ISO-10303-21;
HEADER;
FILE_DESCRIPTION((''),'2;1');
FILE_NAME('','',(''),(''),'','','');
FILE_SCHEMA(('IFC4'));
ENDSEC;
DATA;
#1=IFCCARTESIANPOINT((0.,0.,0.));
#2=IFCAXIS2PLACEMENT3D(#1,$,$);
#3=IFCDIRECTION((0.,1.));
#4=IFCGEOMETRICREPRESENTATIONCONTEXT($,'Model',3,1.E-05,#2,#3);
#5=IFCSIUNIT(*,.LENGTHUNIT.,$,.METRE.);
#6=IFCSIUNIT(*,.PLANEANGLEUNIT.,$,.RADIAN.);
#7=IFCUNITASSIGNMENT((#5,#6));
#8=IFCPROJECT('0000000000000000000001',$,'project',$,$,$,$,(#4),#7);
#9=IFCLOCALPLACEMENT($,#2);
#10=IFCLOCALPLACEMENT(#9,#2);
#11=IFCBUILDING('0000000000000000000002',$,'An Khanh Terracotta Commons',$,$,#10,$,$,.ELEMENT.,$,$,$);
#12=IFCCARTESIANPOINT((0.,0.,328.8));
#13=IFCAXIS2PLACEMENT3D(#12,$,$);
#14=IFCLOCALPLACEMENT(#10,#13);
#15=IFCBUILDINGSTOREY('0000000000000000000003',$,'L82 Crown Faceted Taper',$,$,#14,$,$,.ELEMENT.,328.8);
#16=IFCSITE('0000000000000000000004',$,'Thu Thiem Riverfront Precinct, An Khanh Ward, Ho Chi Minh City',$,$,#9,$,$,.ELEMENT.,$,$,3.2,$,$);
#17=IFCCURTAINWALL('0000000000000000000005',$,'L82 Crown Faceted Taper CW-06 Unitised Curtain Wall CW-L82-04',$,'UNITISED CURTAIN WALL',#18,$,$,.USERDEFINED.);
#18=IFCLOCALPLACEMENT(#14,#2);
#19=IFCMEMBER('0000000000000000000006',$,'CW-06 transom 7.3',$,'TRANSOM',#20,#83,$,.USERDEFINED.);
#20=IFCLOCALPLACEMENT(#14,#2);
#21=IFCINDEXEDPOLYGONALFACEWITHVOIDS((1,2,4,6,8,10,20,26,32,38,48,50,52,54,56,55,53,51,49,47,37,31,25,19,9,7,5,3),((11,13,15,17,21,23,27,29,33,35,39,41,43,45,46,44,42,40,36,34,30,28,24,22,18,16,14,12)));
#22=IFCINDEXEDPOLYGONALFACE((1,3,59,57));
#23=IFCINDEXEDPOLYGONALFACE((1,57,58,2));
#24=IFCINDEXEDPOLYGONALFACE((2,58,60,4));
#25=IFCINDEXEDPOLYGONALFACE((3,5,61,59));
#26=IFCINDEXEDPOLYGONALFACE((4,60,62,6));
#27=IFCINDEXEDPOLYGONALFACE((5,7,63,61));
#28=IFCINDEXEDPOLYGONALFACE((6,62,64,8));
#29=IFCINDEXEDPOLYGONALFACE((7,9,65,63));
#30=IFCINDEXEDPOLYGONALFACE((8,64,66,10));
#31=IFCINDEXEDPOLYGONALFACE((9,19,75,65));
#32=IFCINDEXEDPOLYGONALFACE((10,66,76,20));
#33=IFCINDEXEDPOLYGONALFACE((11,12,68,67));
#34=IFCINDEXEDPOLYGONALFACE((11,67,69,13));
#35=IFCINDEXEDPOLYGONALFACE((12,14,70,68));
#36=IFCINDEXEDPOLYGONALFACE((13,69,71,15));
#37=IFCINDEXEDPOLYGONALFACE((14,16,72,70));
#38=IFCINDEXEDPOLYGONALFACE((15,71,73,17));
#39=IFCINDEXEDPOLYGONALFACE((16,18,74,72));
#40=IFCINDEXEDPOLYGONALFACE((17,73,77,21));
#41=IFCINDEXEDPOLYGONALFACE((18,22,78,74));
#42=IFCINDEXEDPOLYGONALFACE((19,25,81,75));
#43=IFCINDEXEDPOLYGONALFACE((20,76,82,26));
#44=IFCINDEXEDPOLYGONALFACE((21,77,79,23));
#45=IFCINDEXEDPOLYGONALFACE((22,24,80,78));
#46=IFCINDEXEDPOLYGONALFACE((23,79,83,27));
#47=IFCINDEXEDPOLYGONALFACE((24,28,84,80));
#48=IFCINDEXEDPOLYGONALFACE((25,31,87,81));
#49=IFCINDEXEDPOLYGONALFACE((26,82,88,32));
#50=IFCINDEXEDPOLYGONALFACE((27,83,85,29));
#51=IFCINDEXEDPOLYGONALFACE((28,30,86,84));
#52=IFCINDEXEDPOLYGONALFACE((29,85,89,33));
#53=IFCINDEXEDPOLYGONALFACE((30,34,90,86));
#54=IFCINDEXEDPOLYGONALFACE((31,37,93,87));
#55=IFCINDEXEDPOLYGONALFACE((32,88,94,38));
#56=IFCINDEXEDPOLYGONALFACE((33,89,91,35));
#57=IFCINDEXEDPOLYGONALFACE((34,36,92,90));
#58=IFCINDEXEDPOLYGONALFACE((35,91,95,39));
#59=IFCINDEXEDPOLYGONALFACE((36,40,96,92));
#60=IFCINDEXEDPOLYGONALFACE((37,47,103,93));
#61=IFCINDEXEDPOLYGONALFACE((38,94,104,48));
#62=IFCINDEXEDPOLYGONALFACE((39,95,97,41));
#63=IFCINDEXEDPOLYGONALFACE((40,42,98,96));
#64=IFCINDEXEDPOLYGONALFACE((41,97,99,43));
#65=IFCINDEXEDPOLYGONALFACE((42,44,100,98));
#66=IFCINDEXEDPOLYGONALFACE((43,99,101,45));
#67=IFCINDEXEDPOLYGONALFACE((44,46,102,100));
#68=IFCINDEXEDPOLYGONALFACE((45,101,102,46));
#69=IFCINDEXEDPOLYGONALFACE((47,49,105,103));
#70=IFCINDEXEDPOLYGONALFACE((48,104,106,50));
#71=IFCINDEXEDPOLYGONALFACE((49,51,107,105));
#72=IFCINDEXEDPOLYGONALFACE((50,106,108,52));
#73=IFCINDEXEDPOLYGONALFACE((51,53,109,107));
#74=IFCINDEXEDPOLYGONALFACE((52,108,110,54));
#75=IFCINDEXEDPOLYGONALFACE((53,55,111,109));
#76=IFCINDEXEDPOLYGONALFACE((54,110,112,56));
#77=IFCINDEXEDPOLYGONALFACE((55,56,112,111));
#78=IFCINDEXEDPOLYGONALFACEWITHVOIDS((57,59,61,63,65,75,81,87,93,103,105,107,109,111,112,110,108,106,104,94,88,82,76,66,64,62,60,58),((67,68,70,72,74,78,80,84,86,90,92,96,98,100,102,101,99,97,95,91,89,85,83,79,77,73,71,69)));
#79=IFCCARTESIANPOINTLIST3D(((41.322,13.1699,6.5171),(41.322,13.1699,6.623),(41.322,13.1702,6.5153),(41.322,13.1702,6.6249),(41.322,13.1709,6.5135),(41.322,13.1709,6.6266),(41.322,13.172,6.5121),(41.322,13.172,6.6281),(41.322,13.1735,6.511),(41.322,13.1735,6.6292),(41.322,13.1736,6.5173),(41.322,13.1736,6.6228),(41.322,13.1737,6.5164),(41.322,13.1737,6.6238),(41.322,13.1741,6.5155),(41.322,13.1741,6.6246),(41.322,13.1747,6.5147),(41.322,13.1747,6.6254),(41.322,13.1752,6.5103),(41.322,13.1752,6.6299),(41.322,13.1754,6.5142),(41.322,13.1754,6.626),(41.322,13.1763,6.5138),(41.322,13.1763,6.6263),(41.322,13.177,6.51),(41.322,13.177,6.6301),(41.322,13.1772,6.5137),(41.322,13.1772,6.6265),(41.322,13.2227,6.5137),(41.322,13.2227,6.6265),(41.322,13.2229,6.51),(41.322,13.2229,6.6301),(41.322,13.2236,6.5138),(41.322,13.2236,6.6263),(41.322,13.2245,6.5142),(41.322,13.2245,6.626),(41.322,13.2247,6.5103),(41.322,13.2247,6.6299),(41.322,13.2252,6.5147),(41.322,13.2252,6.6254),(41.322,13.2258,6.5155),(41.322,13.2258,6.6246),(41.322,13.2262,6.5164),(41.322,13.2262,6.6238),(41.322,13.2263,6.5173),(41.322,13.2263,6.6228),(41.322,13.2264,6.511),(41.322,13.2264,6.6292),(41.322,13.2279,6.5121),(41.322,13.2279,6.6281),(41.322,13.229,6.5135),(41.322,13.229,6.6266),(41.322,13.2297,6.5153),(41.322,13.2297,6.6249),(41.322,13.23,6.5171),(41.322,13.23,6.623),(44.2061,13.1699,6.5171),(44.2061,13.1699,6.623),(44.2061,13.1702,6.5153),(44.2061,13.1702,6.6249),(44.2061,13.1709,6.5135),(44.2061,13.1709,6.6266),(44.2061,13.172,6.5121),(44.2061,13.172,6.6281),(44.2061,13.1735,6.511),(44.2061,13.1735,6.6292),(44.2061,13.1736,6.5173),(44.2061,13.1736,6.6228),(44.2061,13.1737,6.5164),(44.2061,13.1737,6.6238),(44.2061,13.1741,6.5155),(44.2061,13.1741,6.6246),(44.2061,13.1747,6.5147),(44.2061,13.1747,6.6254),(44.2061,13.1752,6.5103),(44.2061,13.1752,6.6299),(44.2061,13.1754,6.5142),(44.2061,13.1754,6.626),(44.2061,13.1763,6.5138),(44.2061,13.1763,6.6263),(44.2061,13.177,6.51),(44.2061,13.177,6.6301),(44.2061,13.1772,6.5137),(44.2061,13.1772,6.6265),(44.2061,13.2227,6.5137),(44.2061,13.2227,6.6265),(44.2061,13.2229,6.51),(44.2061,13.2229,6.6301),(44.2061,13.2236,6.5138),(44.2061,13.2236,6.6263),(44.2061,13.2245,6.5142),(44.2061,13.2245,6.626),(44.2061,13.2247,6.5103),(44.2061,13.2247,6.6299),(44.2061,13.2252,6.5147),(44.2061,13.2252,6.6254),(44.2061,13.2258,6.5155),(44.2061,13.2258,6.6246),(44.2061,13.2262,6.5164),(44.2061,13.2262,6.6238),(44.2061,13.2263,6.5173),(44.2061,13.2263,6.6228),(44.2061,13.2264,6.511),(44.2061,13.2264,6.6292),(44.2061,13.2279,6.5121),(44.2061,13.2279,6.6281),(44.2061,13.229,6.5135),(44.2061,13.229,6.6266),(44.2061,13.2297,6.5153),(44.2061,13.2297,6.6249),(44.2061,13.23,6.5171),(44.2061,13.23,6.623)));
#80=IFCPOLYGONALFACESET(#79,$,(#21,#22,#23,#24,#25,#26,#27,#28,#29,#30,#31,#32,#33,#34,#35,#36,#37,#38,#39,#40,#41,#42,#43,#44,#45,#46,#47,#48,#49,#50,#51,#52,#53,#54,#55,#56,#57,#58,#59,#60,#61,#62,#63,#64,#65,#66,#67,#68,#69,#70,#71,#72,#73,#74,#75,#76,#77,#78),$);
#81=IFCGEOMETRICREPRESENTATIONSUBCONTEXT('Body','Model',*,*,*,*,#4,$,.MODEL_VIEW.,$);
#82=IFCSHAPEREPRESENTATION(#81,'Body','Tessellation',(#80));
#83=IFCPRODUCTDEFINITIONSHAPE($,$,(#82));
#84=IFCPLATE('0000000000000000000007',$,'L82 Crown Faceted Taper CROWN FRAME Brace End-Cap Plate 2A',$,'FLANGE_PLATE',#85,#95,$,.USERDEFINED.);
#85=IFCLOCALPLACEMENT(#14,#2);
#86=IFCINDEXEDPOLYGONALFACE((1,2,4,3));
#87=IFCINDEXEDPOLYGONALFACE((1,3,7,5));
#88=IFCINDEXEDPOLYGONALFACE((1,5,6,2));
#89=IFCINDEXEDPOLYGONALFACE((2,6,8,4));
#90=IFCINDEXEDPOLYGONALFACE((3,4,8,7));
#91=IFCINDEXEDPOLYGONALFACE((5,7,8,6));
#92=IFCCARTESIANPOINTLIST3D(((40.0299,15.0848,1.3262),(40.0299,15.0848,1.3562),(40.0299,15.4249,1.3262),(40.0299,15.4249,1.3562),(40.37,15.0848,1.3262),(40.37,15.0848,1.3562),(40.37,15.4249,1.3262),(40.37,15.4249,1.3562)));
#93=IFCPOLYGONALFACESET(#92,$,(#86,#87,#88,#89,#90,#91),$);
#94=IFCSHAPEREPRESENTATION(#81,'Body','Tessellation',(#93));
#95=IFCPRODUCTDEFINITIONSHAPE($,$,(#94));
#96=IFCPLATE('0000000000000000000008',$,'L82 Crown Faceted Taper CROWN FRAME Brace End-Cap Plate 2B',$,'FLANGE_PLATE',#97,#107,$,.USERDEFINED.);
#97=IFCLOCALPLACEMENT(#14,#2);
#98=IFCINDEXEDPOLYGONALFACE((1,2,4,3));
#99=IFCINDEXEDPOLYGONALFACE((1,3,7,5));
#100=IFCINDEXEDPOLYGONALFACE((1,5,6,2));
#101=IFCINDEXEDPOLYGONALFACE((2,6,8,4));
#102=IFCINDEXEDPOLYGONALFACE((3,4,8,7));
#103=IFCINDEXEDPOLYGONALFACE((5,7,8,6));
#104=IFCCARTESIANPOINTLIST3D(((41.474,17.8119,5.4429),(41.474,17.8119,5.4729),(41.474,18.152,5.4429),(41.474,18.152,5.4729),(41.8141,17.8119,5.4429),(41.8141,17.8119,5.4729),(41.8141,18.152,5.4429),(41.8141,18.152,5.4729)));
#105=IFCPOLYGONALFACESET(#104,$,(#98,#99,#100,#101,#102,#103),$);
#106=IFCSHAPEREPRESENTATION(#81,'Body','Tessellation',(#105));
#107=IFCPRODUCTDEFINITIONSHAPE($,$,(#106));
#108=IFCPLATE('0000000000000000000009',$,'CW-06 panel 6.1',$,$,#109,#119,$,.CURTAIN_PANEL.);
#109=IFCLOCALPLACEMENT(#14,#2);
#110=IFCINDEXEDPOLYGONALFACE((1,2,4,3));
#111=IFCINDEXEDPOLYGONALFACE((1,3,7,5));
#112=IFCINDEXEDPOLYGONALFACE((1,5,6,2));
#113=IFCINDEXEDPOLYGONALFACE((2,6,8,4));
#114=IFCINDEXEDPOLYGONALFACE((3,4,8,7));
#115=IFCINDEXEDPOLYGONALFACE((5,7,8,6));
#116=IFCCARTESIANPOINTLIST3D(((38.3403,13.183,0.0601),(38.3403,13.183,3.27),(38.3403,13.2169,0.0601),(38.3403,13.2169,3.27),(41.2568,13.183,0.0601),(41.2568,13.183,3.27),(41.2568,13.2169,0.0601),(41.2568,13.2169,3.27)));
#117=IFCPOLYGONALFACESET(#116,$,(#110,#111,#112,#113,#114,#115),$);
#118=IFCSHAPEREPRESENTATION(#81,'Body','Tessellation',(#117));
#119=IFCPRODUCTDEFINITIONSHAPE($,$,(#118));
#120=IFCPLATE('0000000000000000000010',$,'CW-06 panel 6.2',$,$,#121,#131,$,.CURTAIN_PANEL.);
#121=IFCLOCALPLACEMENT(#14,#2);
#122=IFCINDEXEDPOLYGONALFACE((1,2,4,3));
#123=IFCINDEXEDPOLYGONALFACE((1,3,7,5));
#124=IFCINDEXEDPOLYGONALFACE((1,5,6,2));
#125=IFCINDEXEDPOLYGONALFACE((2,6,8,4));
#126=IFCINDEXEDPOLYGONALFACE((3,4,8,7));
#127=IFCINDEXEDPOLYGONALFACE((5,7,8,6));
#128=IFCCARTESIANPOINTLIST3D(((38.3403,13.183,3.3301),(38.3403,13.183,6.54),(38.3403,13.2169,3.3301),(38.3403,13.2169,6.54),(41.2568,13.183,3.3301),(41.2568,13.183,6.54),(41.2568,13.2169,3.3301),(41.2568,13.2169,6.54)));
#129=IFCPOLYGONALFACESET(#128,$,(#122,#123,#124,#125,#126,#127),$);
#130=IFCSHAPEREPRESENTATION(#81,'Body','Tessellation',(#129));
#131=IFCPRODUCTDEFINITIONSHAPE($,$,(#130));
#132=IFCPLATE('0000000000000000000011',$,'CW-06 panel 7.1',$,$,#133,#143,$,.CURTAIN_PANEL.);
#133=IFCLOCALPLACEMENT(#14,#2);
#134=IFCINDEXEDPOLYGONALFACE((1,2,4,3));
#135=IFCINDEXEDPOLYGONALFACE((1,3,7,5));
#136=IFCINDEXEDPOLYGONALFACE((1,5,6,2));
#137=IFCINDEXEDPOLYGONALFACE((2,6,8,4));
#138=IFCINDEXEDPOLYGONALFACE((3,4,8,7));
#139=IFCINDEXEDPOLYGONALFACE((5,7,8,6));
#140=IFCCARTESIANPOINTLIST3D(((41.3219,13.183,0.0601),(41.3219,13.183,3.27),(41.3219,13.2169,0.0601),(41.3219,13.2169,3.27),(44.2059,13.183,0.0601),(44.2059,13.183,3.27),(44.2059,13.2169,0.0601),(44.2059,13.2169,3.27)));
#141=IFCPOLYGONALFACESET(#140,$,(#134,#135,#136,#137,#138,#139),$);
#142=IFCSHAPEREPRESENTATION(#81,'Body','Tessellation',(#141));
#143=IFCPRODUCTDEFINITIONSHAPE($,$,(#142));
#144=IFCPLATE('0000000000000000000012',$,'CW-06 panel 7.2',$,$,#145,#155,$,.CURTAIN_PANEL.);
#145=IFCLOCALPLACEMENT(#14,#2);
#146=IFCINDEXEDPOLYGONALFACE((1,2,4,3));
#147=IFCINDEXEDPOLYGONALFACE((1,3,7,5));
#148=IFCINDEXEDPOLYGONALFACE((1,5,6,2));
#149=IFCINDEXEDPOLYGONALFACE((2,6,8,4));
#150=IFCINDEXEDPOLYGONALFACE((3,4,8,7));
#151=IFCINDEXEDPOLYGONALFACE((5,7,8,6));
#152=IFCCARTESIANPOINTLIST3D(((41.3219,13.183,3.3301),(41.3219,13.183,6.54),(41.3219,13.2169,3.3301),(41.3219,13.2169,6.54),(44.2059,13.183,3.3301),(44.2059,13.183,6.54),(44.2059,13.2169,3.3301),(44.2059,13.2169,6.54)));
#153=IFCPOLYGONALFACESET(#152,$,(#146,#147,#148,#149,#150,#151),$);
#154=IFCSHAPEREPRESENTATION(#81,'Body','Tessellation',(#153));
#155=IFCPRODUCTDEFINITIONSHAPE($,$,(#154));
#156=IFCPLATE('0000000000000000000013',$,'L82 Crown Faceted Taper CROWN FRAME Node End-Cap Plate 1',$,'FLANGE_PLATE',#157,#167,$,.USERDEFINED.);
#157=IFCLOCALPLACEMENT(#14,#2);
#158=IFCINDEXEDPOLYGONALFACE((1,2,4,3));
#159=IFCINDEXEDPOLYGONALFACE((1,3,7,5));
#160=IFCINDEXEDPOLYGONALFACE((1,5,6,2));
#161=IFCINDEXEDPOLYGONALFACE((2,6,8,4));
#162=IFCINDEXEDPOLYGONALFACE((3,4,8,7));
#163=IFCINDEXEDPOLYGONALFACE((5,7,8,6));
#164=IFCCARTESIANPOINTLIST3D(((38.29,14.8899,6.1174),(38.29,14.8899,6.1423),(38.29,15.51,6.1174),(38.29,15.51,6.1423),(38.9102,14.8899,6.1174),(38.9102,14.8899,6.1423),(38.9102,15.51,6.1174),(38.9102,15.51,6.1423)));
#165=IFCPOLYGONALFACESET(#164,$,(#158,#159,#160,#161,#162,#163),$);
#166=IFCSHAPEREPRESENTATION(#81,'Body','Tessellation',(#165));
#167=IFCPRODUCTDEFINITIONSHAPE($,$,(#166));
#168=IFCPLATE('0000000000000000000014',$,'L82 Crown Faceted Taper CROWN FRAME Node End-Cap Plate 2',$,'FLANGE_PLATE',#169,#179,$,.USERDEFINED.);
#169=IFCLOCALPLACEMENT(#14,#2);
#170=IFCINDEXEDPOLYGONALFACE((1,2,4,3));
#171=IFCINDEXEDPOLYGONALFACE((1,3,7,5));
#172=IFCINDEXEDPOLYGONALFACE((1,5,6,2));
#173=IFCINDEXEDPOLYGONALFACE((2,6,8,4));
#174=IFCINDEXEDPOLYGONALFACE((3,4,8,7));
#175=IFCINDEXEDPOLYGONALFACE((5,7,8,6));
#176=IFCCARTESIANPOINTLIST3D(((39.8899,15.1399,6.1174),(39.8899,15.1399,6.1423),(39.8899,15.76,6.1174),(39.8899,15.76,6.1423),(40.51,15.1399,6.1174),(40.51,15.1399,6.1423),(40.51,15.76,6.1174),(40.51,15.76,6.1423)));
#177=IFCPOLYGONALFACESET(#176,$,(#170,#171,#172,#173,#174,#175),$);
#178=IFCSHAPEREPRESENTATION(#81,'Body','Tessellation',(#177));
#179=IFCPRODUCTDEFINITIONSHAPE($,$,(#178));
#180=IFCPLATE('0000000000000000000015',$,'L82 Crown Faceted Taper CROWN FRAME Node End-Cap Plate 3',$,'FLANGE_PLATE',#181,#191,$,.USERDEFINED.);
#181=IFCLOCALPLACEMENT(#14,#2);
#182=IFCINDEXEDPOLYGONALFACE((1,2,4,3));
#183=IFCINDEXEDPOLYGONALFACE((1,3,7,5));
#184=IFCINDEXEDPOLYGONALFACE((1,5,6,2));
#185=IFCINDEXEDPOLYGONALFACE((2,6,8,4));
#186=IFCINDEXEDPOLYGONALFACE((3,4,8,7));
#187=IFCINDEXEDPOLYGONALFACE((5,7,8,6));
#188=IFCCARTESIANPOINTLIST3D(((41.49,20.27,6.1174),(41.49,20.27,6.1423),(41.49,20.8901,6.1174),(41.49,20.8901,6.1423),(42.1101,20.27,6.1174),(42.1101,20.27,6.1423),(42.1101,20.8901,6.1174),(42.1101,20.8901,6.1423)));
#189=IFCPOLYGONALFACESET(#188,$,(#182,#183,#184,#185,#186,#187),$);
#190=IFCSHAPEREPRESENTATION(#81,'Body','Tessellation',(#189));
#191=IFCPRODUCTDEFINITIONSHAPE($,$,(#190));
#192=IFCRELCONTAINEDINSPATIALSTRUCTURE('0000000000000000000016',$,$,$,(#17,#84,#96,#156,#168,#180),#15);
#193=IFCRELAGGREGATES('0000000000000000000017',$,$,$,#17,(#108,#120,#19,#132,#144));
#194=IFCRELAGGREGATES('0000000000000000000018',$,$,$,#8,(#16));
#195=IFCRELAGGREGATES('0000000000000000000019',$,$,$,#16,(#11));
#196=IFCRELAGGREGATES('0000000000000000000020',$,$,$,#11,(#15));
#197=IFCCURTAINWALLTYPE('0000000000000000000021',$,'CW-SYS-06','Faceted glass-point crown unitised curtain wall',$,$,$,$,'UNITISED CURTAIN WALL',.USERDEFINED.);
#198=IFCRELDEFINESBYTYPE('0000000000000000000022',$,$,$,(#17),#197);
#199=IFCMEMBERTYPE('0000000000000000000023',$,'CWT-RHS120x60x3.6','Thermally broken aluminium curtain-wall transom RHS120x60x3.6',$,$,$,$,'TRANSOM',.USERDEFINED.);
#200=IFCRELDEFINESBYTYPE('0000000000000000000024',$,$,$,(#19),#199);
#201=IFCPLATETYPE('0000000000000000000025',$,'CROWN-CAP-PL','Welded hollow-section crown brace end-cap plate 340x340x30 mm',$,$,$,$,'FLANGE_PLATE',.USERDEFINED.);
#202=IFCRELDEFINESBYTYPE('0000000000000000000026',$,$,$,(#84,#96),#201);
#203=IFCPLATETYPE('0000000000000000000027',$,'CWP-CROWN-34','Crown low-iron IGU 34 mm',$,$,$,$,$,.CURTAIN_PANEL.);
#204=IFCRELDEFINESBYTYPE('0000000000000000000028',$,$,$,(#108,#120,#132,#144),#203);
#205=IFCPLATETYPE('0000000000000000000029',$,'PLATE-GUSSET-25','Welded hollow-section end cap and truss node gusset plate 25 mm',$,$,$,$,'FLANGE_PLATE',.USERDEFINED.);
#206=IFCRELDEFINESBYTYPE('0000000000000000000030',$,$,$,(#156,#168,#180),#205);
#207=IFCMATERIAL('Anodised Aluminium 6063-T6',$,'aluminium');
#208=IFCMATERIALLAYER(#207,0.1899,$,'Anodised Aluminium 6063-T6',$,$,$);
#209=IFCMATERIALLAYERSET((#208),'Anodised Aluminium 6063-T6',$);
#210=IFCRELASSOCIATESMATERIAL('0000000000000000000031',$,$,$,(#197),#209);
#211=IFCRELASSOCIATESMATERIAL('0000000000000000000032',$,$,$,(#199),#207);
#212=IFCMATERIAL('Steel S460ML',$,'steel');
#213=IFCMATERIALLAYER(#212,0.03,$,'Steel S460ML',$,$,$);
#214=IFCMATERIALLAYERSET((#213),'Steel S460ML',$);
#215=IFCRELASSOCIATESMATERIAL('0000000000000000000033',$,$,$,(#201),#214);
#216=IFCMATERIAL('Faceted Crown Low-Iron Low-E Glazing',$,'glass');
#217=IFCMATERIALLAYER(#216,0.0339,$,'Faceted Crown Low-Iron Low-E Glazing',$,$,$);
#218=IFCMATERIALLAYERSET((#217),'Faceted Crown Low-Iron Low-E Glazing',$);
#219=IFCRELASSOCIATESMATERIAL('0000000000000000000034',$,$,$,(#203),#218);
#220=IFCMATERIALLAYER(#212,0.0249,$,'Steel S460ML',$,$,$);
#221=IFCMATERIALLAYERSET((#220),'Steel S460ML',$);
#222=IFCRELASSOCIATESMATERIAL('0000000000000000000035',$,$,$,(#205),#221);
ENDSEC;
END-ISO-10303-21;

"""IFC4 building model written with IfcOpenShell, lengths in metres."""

from ifc_helpers import new_model, si_unit, direction, frame, origin, origin_2d, place, context, subcontext, project, spatial, rectangle, hollow_rectangle, extrude, material, layer, layer_set, material_profile, profile_set, type_object, element, aggregate, save


model = new_model("IFC4")

# Units and contexts
model_context = context("Model", 3, precision=1e-05, world=origin(), true_north=direction((0.0, 1.0)))
body_context = subcontext(model_context, "Body", "Model", "MODEL_VIEW")
ifc_project = project(units=[si_unit("LENGTHUNIT", "METRE"), si_unit("PLANEANGLEUNIT", "RADIAN")], contexts=[model_context])

# Site, building, storey
site_placement = place(None, origin())
site = spatial("IfcSite", under=ifc_project, at=site_placement, Name="Thu Thiem Riverfront Precinct, An Khanh Ward, Ho Chi Minh City", CompositionType="ELEMENT", RefElevation=3.2)
building_placement = place(site_placement, origin())
building = spatial("IfcBuilding", under=site, at=building_placement, Name="An Khanh Terracotta Commons", CompositionType="ELEMENT")
storey_placement = place(building_placement, frame((0.0, 0.0, 328.8)))
storey = spatial("IfcBuildingStorey", under=building, at=storey_placement, Name="L82 Crown Faceted Taper", CompositionType="ELEMENT", Elevation=328.8)

# Shared definitions
ifc_material_1 = material(Name="Steel S460ML", Category="steel")

# Curtain wall, member
ifc_material_2 = material(Name="Anodised Aluminium 6063-T6", Category="aluminium")
ifc_layer_1 = layer(ifc_material_2, 0.1899, Name="Anodised Aluminium 6063-T6")
ifc_layer_set_1 = layer_set([ifc_layer_1], Name="Anodised Aluminium 6063-T6")
curtain_wall_type = type_object("IfcCurtainWallType", Name="CW-SYS-06", Description="Faceted glass-point crown unitised curtain wall", ElementType="UNITISED CURTAIN WALL", PredefinedType="USERDEFINED", material=ifc_layer_set_1)
curtain_wall_placement = place(storey_placement, origin())
curtain_wall = element("IfcCurtainWall", 1, at=curtain_wall_placement, inside=storey, type_object=curtain_wall_type, Name="L82 Crown Faceted Taper CW-06 Unitised Curtain Wall CW-L82-04", ObjectType="UNITISED CURTAIN WALL", PredefinedType="USERDEFINED")
ifc_material_profile_1 = material_profile(ifc_material_2, hollow_rectangle(XDim=0.0601, YDim=0.1201, WallThickness=0.0037, InnerFilletRadius=0.0037, OuterFilletRadius=0.0071, at=origin_2d()), Name="RHS120x60x3.6")
ifc_profile_set_1 = profile_set([ifc_material_profile_1], Name="Anodised Aluminium 6063-T6")
member_type_1 = type_object("IfcMemberType", Name="CWT-RHS120x60x3.6", Description="Thermally broken aluminium curtain-wall transom RHS120x60x3.6", ElementType="TRANSOM", PredefinedType="USERDEFINED", material=ifc_profile_set_1)
member_1_placement = place(storey_placement, frame((41.322, 13.2, 6.5701), z_axis=(1.0, 0.0, 0.0), x_axis=(0.0, 1.0, 0.0)))
member_1 = element("IfcMember", 2, at=member_1_placement, type_object=member_type_1, Name="CW-06 transom 7.3", ObjectType="TRANSOM", PredefinedType="USERDEFINED", context=body_context, shape_type="SweptSolid", body=[
    extrude(hollow_rectangle(XDim=0.0601, YDim=0.1201, WallThickness=0.0037, InnerFilletRadius=0.0037, OuterFilletRadius=0.0071, at=origin_2d()), origin(), (0.0, 0.0, 1.0), 2.884),
])

# Plates
ifc_layer_2 = layer(ifc_material_1, 0.03, Name="Steel S460ML")
ifc_layer_set_2 = layer_set([ifc_layer_2], Name="Steel S460ML")
plate_type_1 = type_object("IfcPlateType", Name="CROWN-CAP-PL", Description="Welded hollow-section crown brace end-cap plate 340x340x30 mm", ElementType="FLANGE_PLATE", PredefinedType="USERDEFINED", material=ifc_layer_set_2)
for number, where, z_axis, x_axis, name in (
    (3, (40.2, 15.2549, 1.3262), (0.0, 0.0, 1.0), (1.0, 0.0, 0.0), "L82 Crown Faceted Taper CROWN FRAME Brace End-Cap Plate 2A"),
    (4, (41.644, 17.9819, 5.4429), (0.0, 0.0, 1.0), (1.0, 0.0, 0.0), "L82 Crown Faceted Taper CROWN FRAME Brace End-Cap Plate 2B"),
):
    element("IfcPlate", number, at=place(storey_placement, frame(where, z_axis=z_axis, x_axis=x_axis)), inside=storey, type_object=plate_type_1, Name=name, ObjectType="FLANGE_PLATE", PredefinedType="USERDEFINED", context=body_context, shape_type="SweptSolid", body=[
        extrude(rectangle(XDim=0.3401, YDim=0.3401, at=origin_2d()), origin(), (0.0, 0.0, 1.0), 0.03),
    ])

# Plates
ifc_material_3 = material(Name="Faceted Crown Low-Iron Low-E Glazing", Category="glass")
ifc_layer_3 = layer(ifc_material_3, 0.0339, Name="Faceted Crown Low-Iron Low-E Glazing")
ifc_layer_set_3 = layer_set([ifc_layer_3], Name="Faceted Crown Low-Iron Low-E Glazing")
plate_type_2 = type_object("IfcPlateType", Name="CWP-CROWN-34", Description="Crown low-iron IGU 34 mm", PredefinedType="CURTAIN_PANEL", material=ifc_layer_set_3)
plate_1_placement = place(storey_placement, frame((39.7986, 13.2, 0.0601), z_axis=(0.0, 0.0, 1.0), x_axis=(1.0, 0.0, 0.0)))
plate_1 = element("IfcPlate", 5, at=plate_1_placement, type_object=plate_type_2, Name="CW-06 panel 6.1", PredefinedType="CURTAIN_PANEL", context=body_context, shape_type="SweptSolid", body=[
    extrude(rectangle(XDim=2.9165, YDim=0.0339, at=origin_2d()), origin(), (0.0, 0.0, 1.0), 3.21),
])
plate_2_placement = place(storey_placement, frame((39.7986, 13.2, 3.3301), z_axis=(0.0, 0.0, 1.0), x_axis=(1.0, 0.0, 0.0)))
plate_2 = element("IfcPlate", 6, at=plate_2_placement, type_object=plate_type_2, Name="CW-06 panel 6.2", PredefinedType="CURTAIN_PANEL", context=body_context, shape_type="SweptSolid", body=[
    extrude(rectangle(XDim=2.9165, YDim=0.0339, at=origin_2d()), origin(), (0.0, 0.0, 1.0), 3.21),
])
plate_3_placement = place(storey_placement, frame((42.7639, 13.2, 0.0601), z_axis=(0.0, 0.0, 1.0), x_axis=(1.0, 0.0, 0.0)))
plate_3 = element("IfcPlate", 7, at=plate_3_placement, type_object=plate_type_2, Name="CW-06 panel 7.1", PredefinedType="CURTAIN_PANEL", context=body_context, shape_type="SweptSolid", body=[
    extrude(rectangle(XDim=2.884, YDim=0.0339, at=origin_2d()), origin(), (0.0, 0.0, 1.0), 3.21),
])
plate_4_placement = place(storey_placement, frame((42.7639, 13.2, 3.3301), z_axis=(0.0, 0.0, 1.0), x_axis=(1.0, 0.0, 0.0)))
plate_4 = element("IfcPlate", 8, at=plate_4_placement, type_object=plate_type_2, Name="CW-06 panel 7.2", PredefinedType="CURTAIN_PANEL", context=body_context, shape_type="SweptSolid", body=[
    extrude(rectangle(XDim=2.884, YDim=0.0339, at=origin_2d()), origin(), (0.0, 0.0, 1.0), 3.21),
])
aggregate(curtain_wall, [plate_1, plate_2, member_1, plate_3, plate_4])

# Plates
ifc_layer_4 = layer(ifc_material_1, 0.0249, Name="Steel S460ML")
ifc_layer_set_4 = layer_set([ifc_layer_4], Name="Steel S460ML")
plate_type_3 = type_object("IfcPlateType", Name="PLATE-GUSSET-25", Description="Welded hollow-section end cap and truss node gusset plate 25 mm", ElementType="FLANGE_PLATE", PredefinedType="USERDEFINED", material=ifc_layer_set_4)
for number, where, z_axis, x_axis, name in (
    (9, (38.6001, 15.2, 6.1174), (0.0, 0.0, 1.0), (1.0, 0.0, 0.0), "L82 Crown Faceted Taper CROWN FRAME Node End-Cap Plate 1"),
    (10, (40.2, 15.45, 6.1174), (0.0, 0.0, 1.0), (1.0, 0.0, 0.0), "L82 Crown Faceted Taper CROWN FRAME Node End-Cap Plate 2"),
    (11, (41.8, 20.5801, 6.1174), (0.0, 0.0, 1.0), (1.0, 0.0, 0.0), "L82 Crown Faceted Taper CROWN FRAME Node End-Cap Plate 3"),
):
    element("IfcPlate", number, at=place(storey_placement, frame(where, z_axis=z_axis, x_axis=x_axis)), inside=storey, type_object=plate_type_3, Name=name, ObjectType="FLANGE_PLATE", PredefinedType="USERDEFINED", context=body_context, shape_type="SweptSolid", body=[
        extrude(rectangle(XDim=0.6201, YDim=0.6201, at=origin_2d()), origin(), (0.0, 0.0, 1.0), 0.0249),
    ])

save(model, "model.ifc")
